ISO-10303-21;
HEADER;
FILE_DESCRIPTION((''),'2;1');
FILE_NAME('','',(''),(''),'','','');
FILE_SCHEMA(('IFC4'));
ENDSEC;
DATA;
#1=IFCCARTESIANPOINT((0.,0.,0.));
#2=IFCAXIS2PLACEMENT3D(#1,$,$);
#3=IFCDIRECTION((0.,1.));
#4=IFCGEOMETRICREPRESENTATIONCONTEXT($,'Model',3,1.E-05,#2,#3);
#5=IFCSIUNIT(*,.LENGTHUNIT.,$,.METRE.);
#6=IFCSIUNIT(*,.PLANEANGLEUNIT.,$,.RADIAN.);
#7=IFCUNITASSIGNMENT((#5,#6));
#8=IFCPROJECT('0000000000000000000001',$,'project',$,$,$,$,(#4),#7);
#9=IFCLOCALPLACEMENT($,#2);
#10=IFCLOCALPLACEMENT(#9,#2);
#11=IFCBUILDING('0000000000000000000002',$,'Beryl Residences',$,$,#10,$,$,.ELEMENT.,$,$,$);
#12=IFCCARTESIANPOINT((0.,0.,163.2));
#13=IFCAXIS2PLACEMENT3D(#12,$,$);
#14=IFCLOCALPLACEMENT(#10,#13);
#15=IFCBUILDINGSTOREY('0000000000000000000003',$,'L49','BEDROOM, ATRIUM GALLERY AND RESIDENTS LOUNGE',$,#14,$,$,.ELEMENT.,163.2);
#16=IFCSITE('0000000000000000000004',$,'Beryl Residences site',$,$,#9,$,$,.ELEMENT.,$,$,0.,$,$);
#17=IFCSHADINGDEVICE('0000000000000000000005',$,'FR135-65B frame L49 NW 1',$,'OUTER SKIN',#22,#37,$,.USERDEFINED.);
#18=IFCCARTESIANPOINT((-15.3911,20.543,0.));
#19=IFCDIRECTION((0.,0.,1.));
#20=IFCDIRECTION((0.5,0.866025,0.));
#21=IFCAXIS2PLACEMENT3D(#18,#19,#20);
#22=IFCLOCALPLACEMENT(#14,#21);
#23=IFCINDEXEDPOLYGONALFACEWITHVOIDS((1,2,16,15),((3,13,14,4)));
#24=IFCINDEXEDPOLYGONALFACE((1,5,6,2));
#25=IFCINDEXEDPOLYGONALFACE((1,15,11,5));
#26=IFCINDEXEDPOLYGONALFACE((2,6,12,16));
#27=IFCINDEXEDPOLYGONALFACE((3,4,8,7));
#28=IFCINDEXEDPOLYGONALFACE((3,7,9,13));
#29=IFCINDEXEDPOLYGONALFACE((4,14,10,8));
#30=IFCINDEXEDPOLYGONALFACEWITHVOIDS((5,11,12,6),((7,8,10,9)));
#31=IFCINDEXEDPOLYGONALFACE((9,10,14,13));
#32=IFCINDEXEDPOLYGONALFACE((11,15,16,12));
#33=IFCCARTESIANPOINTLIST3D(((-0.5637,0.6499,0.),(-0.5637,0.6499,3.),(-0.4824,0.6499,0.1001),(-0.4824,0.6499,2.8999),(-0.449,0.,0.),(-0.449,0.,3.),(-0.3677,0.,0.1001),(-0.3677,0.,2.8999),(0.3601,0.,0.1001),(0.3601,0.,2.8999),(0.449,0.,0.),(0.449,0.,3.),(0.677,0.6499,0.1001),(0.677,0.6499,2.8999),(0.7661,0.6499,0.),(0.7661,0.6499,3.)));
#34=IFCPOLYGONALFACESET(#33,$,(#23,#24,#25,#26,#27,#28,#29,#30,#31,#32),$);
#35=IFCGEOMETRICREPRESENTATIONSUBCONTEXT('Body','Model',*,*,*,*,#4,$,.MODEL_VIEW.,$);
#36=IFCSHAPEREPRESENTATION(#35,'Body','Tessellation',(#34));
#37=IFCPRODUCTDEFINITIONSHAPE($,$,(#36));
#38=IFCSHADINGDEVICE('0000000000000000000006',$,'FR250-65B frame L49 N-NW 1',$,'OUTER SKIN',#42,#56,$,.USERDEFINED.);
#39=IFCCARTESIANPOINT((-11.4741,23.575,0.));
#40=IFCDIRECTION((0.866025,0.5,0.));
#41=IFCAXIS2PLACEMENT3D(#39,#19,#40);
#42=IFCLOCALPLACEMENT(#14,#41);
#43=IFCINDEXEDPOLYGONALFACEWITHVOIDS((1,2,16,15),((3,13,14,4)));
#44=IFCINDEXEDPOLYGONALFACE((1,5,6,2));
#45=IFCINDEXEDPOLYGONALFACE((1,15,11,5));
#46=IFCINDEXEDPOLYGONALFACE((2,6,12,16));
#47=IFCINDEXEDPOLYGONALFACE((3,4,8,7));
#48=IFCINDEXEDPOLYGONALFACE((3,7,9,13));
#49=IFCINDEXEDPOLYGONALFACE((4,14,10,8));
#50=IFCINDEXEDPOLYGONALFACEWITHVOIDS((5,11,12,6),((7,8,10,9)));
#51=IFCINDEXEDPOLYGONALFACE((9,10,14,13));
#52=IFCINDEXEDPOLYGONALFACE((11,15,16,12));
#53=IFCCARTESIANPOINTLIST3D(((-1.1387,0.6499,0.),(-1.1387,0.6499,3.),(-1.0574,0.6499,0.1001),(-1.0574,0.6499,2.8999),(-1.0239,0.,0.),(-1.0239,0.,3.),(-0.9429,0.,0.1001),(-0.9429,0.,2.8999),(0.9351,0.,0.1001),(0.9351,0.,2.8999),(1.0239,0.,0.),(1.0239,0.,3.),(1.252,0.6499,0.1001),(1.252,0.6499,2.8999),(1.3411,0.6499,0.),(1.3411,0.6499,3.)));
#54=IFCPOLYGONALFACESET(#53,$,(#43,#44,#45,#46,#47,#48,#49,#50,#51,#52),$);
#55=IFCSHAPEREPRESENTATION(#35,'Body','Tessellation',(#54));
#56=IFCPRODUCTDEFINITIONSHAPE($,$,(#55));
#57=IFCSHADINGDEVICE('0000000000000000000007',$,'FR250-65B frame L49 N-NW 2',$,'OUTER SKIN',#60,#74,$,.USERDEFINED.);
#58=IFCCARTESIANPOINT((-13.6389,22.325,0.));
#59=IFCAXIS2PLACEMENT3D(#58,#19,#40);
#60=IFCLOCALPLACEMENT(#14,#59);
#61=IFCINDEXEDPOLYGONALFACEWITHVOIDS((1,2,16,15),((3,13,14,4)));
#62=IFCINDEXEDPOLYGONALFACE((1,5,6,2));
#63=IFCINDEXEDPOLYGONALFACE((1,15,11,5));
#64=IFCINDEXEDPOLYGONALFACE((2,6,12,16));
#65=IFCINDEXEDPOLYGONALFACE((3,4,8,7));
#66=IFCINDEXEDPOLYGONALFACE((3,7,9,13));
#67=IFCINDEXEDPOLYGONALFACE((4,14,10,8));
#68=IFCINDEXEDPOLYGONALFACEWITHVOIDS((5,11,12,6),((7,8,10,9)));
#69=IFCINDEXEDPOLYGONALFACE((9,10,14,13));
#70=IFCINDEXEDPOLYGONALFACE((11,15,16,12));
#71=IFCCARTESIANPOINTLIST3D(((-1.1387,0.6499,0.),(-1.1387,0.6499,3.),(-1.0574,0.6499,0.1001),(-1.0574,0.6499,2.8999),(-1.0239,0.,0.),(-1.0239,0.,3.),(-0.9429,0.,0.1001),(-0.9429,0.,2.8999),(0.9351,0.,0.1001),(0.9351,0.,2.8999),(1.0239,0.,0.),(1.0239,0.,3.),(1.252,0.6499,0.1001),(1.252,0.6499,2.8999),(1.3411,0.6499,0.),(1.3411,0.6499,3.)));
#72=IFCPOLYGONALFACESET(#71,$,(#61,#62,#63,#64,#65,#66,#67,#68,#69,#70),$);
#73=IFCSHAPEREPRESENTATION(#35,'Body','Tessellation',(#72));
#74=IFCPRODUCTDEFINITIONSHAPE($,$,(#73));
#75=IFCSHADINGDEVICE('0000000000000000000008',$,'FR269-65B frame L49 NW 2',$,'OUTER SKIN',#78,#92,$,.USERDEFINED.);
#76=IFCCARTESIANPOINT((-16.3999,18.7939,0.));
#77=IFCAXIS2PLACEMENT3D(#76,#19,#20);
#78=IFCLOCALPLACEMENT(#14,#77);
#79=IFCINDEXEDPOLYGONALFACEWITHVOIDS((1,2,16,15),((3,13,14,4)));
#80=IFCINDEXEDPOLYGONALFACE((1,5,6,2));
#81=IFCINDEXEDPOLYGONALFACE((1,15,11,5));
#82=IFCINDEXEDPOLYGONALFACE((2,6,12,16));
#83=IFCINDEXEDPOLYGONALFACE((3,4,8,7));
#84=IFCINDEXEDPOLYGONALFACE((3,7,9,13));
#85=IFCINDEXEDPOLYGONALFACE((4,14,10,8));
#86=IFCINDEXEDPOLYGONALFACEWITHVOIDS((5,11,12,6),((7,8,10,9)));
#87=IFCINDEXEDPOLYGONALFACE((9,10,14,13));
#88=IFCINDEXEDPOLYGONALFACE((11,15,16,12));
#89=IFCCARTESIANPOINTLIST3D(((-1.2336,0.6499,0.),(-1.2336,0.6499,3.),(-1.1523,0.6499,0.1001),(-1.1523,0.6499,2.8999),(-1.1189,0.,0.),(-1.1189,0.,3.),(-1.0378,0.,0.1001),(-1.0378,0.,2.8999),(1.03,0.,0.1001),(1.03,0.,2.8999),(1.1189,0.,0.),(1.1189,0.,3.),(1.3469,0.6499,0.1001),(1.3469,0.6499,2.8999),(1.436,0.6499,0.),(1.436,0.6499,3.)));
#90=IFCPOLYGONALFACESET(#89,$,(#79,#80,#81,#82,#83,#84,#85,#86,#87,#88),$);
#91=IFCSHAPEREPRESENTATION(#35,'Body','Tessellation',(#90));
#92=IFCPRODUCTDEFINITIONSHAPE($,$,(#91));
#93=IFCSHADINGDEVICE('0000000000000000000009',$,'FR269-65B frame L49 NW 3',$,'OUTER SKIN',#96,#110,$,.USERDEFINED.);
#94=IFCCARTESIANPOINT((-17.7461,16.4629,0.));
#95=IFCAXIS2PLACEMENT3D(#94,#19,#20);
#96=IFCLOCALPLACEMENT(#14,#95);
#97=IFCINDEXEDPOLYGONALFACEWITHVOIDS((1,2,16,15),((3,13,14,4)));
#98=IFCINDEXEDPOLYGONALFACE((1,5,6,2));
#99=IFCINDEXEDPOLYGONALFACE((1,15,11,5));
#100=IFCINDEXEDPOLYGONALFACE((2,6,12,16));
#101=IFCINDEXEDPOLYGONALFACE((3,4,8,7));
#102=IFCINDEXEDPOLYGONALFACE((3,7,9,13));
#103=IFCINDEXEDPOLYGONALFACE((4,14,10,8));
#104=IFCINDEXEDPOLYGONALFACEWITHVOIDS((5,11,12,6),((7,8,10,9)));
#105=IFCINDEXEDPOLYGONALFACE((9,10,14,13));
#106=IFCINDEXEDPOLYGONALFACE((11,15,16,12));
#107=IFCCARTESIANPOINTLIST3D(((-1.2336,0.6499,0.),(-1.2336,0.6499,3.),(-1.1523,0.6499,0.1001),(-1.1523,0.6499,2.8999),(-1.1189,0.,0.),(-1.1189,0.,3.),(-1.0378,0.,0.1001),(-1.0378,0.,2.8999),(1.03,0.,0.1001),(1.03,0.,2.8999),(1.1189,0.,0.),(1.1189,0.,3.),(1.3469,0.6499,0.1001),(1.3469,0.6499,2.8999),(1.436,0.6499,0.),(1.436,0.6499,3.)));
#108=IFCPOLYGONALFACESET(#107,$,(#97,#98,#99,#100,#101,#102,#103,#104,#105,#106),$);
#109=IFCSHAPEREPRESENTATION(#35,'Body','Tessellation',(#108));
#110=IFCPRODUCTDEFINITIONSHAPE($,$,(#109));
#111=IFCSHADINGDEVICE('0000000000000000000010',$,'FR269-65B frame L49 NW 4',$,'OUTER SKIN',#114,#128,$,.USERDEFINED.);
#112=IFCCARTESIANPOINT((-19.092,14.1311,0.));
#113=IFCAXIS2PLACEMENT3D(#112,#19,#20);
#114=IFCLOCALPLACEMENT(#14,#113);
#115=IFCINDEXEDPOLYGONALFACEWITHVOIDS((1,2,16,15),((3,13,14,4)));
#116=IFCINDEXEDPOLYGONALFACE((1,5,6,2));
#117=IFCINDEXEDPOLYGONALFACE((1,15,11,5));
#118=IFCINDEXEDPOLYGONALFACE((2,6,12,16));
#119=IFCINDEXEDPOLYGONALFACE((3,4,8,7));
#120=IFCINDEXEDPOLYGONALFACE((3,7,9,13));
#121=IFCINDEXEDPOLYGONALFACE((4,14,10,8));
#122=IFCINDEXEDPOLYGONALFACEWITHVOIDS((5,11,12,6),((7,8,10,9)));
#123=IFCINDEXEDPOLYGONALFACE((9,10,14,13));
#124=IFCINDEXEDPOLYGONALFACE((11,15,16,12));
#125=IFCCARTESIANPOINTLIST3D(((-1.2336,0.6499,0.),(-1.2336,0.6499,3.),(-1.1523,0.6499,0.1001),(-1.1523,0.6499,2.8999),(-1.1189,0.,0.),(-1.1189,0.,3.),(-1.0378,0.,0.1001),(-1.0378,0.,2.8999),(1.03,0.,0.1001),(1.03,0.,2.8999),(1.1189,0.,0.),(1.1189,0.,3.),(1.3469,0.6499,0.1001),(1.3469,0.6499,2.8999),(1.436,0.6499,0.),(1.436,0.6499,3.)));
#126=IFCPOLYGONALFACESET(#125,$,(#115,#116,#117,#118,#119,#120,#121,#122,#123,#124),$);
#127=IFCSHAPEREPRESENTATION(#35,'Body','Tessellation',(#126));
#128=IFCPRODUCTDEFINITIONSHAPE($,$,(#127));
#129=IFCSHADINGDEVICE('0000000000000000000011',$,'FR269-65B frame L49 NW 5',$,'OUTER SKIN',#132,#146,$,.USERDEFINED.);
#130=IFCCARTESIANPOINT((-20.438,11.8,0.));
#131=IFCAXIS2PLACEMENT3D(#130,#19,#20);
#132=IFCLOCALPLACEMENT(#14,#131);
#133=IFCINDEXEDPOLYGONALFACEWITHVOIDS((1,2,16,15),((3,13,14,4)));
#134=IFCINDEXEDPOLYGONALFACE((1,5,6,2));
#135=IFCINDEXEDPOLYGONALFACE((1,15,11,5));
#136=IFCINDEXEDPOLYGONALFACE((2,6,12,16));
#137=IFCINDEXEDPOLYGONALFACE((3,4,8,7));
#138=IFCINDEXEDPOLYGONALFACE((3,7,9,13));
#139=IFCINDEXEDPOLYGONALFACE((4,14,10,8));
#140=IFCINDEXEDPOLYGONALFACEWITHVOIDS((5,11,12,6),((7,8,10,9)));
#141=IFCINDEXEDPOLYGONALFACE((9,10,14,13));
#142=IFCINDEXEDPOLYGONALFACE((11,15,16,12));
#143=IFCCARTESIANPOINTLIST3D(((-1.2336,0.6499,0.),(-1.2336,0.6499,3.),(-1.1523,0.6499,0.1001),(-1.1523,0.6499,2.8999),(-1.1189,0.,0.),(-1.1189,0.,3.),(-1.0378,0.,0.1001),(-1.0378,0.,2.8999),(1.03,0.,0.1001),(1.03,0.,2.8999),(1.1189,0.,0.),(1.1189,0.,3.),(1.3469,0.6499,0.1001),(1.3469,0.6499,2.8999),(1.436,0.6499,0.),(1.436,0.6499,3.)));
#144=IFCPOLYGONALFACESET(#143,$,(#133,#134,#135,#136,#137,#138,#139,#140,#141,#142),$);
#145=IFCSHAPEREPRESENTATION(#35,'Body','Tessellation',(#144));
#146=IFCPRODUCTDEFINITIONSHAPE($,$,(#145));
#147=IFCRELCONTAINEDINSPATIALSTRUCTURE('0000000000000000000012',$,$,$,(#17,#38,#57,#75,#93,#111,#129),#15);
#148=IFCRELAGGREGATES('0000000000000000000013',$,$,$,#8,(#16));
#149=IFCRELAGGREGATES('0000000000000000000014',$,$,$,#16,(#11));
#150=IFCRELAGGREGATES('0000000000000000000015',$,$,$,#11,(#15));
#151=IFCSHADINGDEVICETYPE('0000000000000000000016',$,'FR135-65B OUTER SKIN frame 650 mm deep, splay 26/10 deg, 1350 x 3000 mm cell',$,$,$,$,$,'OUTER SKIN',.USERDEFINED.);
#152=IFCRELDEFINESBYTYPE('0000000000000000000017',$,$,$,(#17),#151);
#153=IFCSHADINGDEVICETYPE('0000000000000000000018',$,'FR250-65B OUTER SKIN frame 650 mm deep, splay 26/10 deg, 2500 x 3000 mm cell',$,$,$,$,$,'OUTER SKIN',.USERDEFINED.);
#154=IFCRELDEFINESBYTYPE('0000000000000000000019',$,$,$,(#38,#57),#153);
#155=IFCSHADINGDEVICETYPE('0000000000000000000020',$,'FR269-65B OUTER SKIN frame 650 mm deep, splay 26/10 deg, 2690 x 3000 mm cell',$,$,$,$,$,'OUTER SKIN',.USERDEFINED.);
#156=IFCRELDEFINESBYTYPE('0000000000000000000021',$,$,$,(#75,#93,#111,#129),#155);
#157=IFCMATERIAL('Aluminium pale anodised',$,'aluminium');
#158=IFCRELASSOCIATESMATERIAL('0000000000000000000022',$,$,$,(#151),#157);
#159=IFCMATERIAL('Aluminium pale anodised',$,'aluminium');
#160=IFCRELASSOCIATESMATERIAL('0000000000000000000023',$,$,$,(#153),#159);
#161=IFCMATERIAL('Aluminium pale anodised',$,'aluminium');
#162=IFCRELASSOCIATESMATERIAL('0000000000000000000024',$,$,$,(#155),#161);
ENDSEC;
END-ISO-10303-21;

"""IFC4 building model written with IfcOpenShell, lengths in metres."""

from ifc_helpers import new_model, entity, si_unit, direction, frame, origin, place, context, subcontext, project, spatial, source, transform, mapped, material, type_object, type_shapes, element, save


model = new_model("IFC4")

# Units and contexts
model_context = context("Model", 3, precision=1e-05, world=origin(), true_north=direction((0.0, 1.0)))
body_context = subcontext(model_context, "Body", "Model", "MODEL_VIEW")
ifc_project = project(units=[si_unit("LENGTHUNIT", "METRE"), si_unit("PLANEANGLEUNIT", "RADIAN")], contexts=[model_context])

# Site, building, storey
site_placement = place(None, origin())
site = spatial("IfcSite", under=ifc_project, at=site_placement, Name="Beryl Residences site", CompositionType="ELEMENT", RefElevation=0.0)
building_placement = place(site_placement, origin())
building = spatial("IfcBuilding", under=site, at=building_placement, Name="Beryl Residences", CompositionType="ELEMENT")
storey_placement = place(building_placement, frame((0.0, 0.0, 163.2)))
storey = spatial("IfcBuildingStorey", under=building, at=storey_placement, Name="L49", Description="BEDROOM, ATRIUM GALLERY AND RESIDENTS LOUNGE", CompositionType="ELEMENT", Elevation=163.2)

# Shading devices
ifc_material_1 = material(Name="Aluminium pale anodised", Category="aluminium")
shading_device_type_1 = type_object("IfcShadingDeviceType", Name="FR135-65B OUTER SKIN frame 650 mm deep, splay 26/10 deg, 1350 x 3000 mm cell", ElementType="OUTER SKIN", PredefinedType="USERDEFINED", material=ifc_material_1)
cartesian_point_1 = entity("IfcCartesianPoint", [-0.449, 0.0])
cartesian_point_2 = entity("IfcCartesianPoint", [-0.3601, 0.1001])
cartesian_point_3 = entity("IfcCartesianPoint", [-0.7661, 0.0])
cartesian_point_4 = entity("IfcCartesianPoint", [-0.677, 0.1001])
shared_shape_1 = source(origin(), body_context, "Body", "SweptSolid", [
    entity("IfcExtrudedAreaSolidTapered", entity("IfcArbitraryProfileDefWithVoids", "AREA", None, entity("IfcPolyline", [cartesian_point_1, entity("IfcCartesianPoint", [0.449, 0.0]), entity("IfcCartesianPoint", [0.449, 3.0]), entity("IfcCartesianPoint", [-0.449, 3.0]), cartesian_point_1]), [entity("IfcPolyline", [cartesian_point_2, entity("IfcCartesianPoint", [0.3677, 0.1001]), entity("IfcCartesianPoint", [0.3677, 2.8999]), entity("IfcCartesianPoint", [-0.3601, 2.8999]), cartesian_point_2])]), entity("IfcAxis2Placement3D", entity("IfcCartesianPoint", [0.0, 0.0, 0.0]), entity("IfcDirection", [0.0, 1.0, 0.0]), entity("IfcDirection", [-1.0, 0.0, 0.0])), entity("IfcDirection", [0.0, 0.0, 1.0]), 0.6499, entity("IfcArbitraryProfileDefWithVoids", "AREA", None, entity("IfcPolyline", [cartesian_point_3, entity("IfcCartesianPoint", [0.5637, 0.0]), entity("IfcCartesianPoint", [0.5637, 3.0]), entity("IfcCartesianPoint", [-0.7661, 3.0]), cartesian_point_3]), [entity("IfcPolyline", [cartesian_point_4, entity("IfcCartesianPoint", [0.4824, 0.1001]), entity("IfcCartesianPoint", [0.4824, 2.8999]), entity("IfcCartesianPoint", [-0.677, 2.8999]), cartesian_point_4])])),
])
type_shapes(shading_device_type_1, [shared_shape_1])
shading_device_placement = place(storey_placement, frame((-15.3911, 20.543, 0.0), z_axis=(0.0, 0.0, 1.0), x_axis=(0.5, 0.866025, 0.0)))
element("IfcShadingDevice", 1, at=shading_device_placement, inside=storey, type_object=shading_device_type_1, Name="FR135-65B frame L49 NW 1", ObjectType="OUTER SKIN", PredefinedType="USERDEFINED", context=body_context, shape_type="MappedRepresentation", body=[
    mapped(shared_shape_1, transform((0.0, 0.0, 0.0))),
])
ifc_material_2 = material(Name="Aluminium pale anodised", Category="aluminium")
shading_device_type_2 = type_object("IfcShadingDeviceType", Name="FR250-65B OUTER SKIN frame 650 mm deep, splay 26/10 deg, 2500 x 3000 mm cell", ElementType="OUTER SKIN", PredefinedType="USERDEFINED", material=ifc_material_2)
cartesian_point_5 = entity("IfcCartesianPoint", [-1.0239, 0.0])
cartesian_point_6 = entity("IfcCartesianPoint", [-0.9351, 0.1001])
cartesian_point_7 = entity("IfcCartesianPoint", [-1.3411, 0.0])
cartesian_point_8 = entity("IfcCartesianPoint", [-1.252, 0.1001])
shared_shape_2 = source(origin(), body_context, "Body", "SweptSolid", [
    entity("IfcExtrudedAreaSolidTapered", entity("IfcArbitraryProfileDefWithVoids", "AREA", None, entity("IfcPolyline", [cartesian_point_5, entity("IfcCartesianPoint", [1.0239, 0.0]), entity("IfcCartesianPoint", [1.0239, 3.0]), entity("IfcCartesianPoint", [-1.0239, 3.0]), cartesian_point_5]), [entity("IfcPolyline", [cartesian_point_6, entity("IfcCartesianPoint", [0.9429, 0.1001]), entity("IfcCartesianPoint", [0.9429, 2.8999]), entity("IfcCartesianPoint", [-0.9351, 2.8999]), cartesian_point_6])]), entity("IfcAxis2Placement3D", entity("IfcCartesianPoint", [0.0, 0.0, 0.0]), entity("IfcDirection", [0.0, 1.0, 0.0]), entity("IfcDirection", [-1.0, 0.0, 0.0])), entity("IfcDirection", [0.0, 0.0, 1.0]), 0.6499, entity("IfcArbitraryProfileDefWithVoids", "AREA", None, entity("IfcPolyline", [cartesian_point_7, entity("IfcCartesianPoint", [1.1387, 0.0]), entity("IfcCartesianPoint", [1.1387, 3.0]), entity("IfcCartesianPoint", [-1.3411, 3.0]), cartesian_point_7]), [entity("IfcPolyline", [cartesian_point_8, entity("IfcCartesianPoint", [1.0574, 0.1001]), entity("IfcCartesianPoint", [1.0574, 2.8999]), entity("IfcCartesianPoint", [-1.252, 2.8999]), cartesian_point_8])])),
])
type_shapes(shading_device_type_2, [shared_shape_2])
for number, where, z_axis, x_axis, name in (
    (2, (-11.4741, 23.575, 0.0), (0.0, 0.0, 1.0), (0.866025, 0.5, 0.0), "FR250-65B frame L49 N-NW 1"),
    (3, (-13.6389, 22.325, 0.0), (0.0, 0.0, 1.0), (0.866025, 0.5, 0.0), "FR250-65B frame L49 N-NW 2"),
):
    element("IfcShadingDevice", number, at=place(storey_placement, frame(where, z_axis=z_axis, x_axis=x_axis)), inside=storey, type_object=shading_device_type_2, Name=name, ObjectType="OUTER SKIN", PredefinedType="USERDEFINED", context=body_context, shape_type="MappedRepresentation", body=[
        mapped(shared_shape_2, transform((0.0, 0.0, 0.0))),
    ])
ifc_material_3 = material(Name="Aluminium pale anodised", Category="aluminium")
shading_device_type_3 = type_object("IfcShadingDeviceType", Name="FR269-65B OUTER SKIN frame 650 mm deep, splay 26/10 deg, 2690 x 3000 mm cell", ElementType="OUTER SKIN", PredefinedType="USERDEFINED", material=ifc_material_3)
cartesian_point_9 = entity("IfcCartesianPoint", [-1.1189, 0.0])
cartesian_point_10 = entity("IfcCartesianPoint", [-1.03, 0.1001])
cartesian_point_11 = entity("IfcCartesianPoint", [-1.436, 0.0])
cartesian_point_12 = entity("IfcCartesianPoint", [-1.3469, 0.1001])
shared_shape_3 = source(origin(), body_context, "Body", "SweptSolid", [
    entity("IfcExtrudedAreaSolidTapered", entity("IfcArbitraryProfileDefWithVoids", "AREA", None, entity("IfcPolyline", [cartesian_point_9, entity("IfcCartesianPoint", [1.1189, 0.0]), entity("IfcCartesianPoint", [1.1189, 3.0]), entity("IfcCartesianPoint", [-1.1189, 3.0]), cartesian_point_9]), [entity("IfcPolyline", [cartesian_point_10, entity("IfcCartesianPoint", [1.0378, 0.1001]), entity("IfcCartesianPoint", [1.0378, 2.8999]), entity("IfcCartesianPoint", [-1.03, 2.8999]), cartesian_point_10])]), entity("IfcAxis2Placement3D", entity("IfcCartesianPoint", [0.0, 0.0, 0.0]), entity("IfcDirection", [0.0, 1.0, 0.0]), entity("IfcDirection", [-1.0, 0.0, 0.0])), entity("IfcDirection", [0.0, 0.0, 1.0]), 0.6499, entity("IfcArbitraryProfileDefWithVoids", "AREA", None, entity("IfcPolyline", [cartesian_point_11, entity("IfcCartesianPoint", [1.2336, 0.0]), entity("IfcCartesianPoint", [1.2336, 3.0]), entity("IfcCartesianPoint", [-1.436, 3.0]), cartesian_point_11]), [entity("IfcPolyline", [cartesian_point_12, entity("IfcCartesianPoint", [1.1523, 0.1001]), entity("IfcCartesianPoint", [1.1523, 2.8999]), entity("IfcCartesianPoint", [-1.3469, 2.8999]), cartesian_point_12])])),
])
type_shapes(shading_device_type_3, [shared_shape_3])
for number, where, z_axis, x_axis, name in (
    (4, (-16.3999, 18.7939, 0.0), (0.0, 0.0, 1.0), (0.5, 0.866025, 0.0), "FR269-65B frame L49 NW 2"),
    (5, (-17.7461, 16.4629, 0.0), (0.0, 0.0, 1.0), (0.5, 0.866025, 0.0), "FR269-65B frame L49 NW 3"),
    (6, (-19.092, 14.1311, 0.0), (0.0, 0.0, 1.0), (0.5, 0.866025, 0.0), "FR269-65B frame L49 NW 4"),
    (7, (-20.438, 11.8, 0.0), (0.0, 0.0, 1.0), (0.5, 0.866025, 0.0), "FR269-65B frame L49 NW 5"),
):
    element("IfcShadingDevice", number, at=place(storey_placement, frame(where, z_axis=z_axis, x_axis=x_axis)), inside=storey, type_object=shading_device_type_3, Name=name, ObjectType="OUTER SKIN", PredefinedType="USERDEFINED", context=body_context, shape_type="MappedRepresentation", body=[
        mapped(shared_shape_3, transform((0.0, 0.0, 0.0))),
    ])

save(model, "model.ifc")
